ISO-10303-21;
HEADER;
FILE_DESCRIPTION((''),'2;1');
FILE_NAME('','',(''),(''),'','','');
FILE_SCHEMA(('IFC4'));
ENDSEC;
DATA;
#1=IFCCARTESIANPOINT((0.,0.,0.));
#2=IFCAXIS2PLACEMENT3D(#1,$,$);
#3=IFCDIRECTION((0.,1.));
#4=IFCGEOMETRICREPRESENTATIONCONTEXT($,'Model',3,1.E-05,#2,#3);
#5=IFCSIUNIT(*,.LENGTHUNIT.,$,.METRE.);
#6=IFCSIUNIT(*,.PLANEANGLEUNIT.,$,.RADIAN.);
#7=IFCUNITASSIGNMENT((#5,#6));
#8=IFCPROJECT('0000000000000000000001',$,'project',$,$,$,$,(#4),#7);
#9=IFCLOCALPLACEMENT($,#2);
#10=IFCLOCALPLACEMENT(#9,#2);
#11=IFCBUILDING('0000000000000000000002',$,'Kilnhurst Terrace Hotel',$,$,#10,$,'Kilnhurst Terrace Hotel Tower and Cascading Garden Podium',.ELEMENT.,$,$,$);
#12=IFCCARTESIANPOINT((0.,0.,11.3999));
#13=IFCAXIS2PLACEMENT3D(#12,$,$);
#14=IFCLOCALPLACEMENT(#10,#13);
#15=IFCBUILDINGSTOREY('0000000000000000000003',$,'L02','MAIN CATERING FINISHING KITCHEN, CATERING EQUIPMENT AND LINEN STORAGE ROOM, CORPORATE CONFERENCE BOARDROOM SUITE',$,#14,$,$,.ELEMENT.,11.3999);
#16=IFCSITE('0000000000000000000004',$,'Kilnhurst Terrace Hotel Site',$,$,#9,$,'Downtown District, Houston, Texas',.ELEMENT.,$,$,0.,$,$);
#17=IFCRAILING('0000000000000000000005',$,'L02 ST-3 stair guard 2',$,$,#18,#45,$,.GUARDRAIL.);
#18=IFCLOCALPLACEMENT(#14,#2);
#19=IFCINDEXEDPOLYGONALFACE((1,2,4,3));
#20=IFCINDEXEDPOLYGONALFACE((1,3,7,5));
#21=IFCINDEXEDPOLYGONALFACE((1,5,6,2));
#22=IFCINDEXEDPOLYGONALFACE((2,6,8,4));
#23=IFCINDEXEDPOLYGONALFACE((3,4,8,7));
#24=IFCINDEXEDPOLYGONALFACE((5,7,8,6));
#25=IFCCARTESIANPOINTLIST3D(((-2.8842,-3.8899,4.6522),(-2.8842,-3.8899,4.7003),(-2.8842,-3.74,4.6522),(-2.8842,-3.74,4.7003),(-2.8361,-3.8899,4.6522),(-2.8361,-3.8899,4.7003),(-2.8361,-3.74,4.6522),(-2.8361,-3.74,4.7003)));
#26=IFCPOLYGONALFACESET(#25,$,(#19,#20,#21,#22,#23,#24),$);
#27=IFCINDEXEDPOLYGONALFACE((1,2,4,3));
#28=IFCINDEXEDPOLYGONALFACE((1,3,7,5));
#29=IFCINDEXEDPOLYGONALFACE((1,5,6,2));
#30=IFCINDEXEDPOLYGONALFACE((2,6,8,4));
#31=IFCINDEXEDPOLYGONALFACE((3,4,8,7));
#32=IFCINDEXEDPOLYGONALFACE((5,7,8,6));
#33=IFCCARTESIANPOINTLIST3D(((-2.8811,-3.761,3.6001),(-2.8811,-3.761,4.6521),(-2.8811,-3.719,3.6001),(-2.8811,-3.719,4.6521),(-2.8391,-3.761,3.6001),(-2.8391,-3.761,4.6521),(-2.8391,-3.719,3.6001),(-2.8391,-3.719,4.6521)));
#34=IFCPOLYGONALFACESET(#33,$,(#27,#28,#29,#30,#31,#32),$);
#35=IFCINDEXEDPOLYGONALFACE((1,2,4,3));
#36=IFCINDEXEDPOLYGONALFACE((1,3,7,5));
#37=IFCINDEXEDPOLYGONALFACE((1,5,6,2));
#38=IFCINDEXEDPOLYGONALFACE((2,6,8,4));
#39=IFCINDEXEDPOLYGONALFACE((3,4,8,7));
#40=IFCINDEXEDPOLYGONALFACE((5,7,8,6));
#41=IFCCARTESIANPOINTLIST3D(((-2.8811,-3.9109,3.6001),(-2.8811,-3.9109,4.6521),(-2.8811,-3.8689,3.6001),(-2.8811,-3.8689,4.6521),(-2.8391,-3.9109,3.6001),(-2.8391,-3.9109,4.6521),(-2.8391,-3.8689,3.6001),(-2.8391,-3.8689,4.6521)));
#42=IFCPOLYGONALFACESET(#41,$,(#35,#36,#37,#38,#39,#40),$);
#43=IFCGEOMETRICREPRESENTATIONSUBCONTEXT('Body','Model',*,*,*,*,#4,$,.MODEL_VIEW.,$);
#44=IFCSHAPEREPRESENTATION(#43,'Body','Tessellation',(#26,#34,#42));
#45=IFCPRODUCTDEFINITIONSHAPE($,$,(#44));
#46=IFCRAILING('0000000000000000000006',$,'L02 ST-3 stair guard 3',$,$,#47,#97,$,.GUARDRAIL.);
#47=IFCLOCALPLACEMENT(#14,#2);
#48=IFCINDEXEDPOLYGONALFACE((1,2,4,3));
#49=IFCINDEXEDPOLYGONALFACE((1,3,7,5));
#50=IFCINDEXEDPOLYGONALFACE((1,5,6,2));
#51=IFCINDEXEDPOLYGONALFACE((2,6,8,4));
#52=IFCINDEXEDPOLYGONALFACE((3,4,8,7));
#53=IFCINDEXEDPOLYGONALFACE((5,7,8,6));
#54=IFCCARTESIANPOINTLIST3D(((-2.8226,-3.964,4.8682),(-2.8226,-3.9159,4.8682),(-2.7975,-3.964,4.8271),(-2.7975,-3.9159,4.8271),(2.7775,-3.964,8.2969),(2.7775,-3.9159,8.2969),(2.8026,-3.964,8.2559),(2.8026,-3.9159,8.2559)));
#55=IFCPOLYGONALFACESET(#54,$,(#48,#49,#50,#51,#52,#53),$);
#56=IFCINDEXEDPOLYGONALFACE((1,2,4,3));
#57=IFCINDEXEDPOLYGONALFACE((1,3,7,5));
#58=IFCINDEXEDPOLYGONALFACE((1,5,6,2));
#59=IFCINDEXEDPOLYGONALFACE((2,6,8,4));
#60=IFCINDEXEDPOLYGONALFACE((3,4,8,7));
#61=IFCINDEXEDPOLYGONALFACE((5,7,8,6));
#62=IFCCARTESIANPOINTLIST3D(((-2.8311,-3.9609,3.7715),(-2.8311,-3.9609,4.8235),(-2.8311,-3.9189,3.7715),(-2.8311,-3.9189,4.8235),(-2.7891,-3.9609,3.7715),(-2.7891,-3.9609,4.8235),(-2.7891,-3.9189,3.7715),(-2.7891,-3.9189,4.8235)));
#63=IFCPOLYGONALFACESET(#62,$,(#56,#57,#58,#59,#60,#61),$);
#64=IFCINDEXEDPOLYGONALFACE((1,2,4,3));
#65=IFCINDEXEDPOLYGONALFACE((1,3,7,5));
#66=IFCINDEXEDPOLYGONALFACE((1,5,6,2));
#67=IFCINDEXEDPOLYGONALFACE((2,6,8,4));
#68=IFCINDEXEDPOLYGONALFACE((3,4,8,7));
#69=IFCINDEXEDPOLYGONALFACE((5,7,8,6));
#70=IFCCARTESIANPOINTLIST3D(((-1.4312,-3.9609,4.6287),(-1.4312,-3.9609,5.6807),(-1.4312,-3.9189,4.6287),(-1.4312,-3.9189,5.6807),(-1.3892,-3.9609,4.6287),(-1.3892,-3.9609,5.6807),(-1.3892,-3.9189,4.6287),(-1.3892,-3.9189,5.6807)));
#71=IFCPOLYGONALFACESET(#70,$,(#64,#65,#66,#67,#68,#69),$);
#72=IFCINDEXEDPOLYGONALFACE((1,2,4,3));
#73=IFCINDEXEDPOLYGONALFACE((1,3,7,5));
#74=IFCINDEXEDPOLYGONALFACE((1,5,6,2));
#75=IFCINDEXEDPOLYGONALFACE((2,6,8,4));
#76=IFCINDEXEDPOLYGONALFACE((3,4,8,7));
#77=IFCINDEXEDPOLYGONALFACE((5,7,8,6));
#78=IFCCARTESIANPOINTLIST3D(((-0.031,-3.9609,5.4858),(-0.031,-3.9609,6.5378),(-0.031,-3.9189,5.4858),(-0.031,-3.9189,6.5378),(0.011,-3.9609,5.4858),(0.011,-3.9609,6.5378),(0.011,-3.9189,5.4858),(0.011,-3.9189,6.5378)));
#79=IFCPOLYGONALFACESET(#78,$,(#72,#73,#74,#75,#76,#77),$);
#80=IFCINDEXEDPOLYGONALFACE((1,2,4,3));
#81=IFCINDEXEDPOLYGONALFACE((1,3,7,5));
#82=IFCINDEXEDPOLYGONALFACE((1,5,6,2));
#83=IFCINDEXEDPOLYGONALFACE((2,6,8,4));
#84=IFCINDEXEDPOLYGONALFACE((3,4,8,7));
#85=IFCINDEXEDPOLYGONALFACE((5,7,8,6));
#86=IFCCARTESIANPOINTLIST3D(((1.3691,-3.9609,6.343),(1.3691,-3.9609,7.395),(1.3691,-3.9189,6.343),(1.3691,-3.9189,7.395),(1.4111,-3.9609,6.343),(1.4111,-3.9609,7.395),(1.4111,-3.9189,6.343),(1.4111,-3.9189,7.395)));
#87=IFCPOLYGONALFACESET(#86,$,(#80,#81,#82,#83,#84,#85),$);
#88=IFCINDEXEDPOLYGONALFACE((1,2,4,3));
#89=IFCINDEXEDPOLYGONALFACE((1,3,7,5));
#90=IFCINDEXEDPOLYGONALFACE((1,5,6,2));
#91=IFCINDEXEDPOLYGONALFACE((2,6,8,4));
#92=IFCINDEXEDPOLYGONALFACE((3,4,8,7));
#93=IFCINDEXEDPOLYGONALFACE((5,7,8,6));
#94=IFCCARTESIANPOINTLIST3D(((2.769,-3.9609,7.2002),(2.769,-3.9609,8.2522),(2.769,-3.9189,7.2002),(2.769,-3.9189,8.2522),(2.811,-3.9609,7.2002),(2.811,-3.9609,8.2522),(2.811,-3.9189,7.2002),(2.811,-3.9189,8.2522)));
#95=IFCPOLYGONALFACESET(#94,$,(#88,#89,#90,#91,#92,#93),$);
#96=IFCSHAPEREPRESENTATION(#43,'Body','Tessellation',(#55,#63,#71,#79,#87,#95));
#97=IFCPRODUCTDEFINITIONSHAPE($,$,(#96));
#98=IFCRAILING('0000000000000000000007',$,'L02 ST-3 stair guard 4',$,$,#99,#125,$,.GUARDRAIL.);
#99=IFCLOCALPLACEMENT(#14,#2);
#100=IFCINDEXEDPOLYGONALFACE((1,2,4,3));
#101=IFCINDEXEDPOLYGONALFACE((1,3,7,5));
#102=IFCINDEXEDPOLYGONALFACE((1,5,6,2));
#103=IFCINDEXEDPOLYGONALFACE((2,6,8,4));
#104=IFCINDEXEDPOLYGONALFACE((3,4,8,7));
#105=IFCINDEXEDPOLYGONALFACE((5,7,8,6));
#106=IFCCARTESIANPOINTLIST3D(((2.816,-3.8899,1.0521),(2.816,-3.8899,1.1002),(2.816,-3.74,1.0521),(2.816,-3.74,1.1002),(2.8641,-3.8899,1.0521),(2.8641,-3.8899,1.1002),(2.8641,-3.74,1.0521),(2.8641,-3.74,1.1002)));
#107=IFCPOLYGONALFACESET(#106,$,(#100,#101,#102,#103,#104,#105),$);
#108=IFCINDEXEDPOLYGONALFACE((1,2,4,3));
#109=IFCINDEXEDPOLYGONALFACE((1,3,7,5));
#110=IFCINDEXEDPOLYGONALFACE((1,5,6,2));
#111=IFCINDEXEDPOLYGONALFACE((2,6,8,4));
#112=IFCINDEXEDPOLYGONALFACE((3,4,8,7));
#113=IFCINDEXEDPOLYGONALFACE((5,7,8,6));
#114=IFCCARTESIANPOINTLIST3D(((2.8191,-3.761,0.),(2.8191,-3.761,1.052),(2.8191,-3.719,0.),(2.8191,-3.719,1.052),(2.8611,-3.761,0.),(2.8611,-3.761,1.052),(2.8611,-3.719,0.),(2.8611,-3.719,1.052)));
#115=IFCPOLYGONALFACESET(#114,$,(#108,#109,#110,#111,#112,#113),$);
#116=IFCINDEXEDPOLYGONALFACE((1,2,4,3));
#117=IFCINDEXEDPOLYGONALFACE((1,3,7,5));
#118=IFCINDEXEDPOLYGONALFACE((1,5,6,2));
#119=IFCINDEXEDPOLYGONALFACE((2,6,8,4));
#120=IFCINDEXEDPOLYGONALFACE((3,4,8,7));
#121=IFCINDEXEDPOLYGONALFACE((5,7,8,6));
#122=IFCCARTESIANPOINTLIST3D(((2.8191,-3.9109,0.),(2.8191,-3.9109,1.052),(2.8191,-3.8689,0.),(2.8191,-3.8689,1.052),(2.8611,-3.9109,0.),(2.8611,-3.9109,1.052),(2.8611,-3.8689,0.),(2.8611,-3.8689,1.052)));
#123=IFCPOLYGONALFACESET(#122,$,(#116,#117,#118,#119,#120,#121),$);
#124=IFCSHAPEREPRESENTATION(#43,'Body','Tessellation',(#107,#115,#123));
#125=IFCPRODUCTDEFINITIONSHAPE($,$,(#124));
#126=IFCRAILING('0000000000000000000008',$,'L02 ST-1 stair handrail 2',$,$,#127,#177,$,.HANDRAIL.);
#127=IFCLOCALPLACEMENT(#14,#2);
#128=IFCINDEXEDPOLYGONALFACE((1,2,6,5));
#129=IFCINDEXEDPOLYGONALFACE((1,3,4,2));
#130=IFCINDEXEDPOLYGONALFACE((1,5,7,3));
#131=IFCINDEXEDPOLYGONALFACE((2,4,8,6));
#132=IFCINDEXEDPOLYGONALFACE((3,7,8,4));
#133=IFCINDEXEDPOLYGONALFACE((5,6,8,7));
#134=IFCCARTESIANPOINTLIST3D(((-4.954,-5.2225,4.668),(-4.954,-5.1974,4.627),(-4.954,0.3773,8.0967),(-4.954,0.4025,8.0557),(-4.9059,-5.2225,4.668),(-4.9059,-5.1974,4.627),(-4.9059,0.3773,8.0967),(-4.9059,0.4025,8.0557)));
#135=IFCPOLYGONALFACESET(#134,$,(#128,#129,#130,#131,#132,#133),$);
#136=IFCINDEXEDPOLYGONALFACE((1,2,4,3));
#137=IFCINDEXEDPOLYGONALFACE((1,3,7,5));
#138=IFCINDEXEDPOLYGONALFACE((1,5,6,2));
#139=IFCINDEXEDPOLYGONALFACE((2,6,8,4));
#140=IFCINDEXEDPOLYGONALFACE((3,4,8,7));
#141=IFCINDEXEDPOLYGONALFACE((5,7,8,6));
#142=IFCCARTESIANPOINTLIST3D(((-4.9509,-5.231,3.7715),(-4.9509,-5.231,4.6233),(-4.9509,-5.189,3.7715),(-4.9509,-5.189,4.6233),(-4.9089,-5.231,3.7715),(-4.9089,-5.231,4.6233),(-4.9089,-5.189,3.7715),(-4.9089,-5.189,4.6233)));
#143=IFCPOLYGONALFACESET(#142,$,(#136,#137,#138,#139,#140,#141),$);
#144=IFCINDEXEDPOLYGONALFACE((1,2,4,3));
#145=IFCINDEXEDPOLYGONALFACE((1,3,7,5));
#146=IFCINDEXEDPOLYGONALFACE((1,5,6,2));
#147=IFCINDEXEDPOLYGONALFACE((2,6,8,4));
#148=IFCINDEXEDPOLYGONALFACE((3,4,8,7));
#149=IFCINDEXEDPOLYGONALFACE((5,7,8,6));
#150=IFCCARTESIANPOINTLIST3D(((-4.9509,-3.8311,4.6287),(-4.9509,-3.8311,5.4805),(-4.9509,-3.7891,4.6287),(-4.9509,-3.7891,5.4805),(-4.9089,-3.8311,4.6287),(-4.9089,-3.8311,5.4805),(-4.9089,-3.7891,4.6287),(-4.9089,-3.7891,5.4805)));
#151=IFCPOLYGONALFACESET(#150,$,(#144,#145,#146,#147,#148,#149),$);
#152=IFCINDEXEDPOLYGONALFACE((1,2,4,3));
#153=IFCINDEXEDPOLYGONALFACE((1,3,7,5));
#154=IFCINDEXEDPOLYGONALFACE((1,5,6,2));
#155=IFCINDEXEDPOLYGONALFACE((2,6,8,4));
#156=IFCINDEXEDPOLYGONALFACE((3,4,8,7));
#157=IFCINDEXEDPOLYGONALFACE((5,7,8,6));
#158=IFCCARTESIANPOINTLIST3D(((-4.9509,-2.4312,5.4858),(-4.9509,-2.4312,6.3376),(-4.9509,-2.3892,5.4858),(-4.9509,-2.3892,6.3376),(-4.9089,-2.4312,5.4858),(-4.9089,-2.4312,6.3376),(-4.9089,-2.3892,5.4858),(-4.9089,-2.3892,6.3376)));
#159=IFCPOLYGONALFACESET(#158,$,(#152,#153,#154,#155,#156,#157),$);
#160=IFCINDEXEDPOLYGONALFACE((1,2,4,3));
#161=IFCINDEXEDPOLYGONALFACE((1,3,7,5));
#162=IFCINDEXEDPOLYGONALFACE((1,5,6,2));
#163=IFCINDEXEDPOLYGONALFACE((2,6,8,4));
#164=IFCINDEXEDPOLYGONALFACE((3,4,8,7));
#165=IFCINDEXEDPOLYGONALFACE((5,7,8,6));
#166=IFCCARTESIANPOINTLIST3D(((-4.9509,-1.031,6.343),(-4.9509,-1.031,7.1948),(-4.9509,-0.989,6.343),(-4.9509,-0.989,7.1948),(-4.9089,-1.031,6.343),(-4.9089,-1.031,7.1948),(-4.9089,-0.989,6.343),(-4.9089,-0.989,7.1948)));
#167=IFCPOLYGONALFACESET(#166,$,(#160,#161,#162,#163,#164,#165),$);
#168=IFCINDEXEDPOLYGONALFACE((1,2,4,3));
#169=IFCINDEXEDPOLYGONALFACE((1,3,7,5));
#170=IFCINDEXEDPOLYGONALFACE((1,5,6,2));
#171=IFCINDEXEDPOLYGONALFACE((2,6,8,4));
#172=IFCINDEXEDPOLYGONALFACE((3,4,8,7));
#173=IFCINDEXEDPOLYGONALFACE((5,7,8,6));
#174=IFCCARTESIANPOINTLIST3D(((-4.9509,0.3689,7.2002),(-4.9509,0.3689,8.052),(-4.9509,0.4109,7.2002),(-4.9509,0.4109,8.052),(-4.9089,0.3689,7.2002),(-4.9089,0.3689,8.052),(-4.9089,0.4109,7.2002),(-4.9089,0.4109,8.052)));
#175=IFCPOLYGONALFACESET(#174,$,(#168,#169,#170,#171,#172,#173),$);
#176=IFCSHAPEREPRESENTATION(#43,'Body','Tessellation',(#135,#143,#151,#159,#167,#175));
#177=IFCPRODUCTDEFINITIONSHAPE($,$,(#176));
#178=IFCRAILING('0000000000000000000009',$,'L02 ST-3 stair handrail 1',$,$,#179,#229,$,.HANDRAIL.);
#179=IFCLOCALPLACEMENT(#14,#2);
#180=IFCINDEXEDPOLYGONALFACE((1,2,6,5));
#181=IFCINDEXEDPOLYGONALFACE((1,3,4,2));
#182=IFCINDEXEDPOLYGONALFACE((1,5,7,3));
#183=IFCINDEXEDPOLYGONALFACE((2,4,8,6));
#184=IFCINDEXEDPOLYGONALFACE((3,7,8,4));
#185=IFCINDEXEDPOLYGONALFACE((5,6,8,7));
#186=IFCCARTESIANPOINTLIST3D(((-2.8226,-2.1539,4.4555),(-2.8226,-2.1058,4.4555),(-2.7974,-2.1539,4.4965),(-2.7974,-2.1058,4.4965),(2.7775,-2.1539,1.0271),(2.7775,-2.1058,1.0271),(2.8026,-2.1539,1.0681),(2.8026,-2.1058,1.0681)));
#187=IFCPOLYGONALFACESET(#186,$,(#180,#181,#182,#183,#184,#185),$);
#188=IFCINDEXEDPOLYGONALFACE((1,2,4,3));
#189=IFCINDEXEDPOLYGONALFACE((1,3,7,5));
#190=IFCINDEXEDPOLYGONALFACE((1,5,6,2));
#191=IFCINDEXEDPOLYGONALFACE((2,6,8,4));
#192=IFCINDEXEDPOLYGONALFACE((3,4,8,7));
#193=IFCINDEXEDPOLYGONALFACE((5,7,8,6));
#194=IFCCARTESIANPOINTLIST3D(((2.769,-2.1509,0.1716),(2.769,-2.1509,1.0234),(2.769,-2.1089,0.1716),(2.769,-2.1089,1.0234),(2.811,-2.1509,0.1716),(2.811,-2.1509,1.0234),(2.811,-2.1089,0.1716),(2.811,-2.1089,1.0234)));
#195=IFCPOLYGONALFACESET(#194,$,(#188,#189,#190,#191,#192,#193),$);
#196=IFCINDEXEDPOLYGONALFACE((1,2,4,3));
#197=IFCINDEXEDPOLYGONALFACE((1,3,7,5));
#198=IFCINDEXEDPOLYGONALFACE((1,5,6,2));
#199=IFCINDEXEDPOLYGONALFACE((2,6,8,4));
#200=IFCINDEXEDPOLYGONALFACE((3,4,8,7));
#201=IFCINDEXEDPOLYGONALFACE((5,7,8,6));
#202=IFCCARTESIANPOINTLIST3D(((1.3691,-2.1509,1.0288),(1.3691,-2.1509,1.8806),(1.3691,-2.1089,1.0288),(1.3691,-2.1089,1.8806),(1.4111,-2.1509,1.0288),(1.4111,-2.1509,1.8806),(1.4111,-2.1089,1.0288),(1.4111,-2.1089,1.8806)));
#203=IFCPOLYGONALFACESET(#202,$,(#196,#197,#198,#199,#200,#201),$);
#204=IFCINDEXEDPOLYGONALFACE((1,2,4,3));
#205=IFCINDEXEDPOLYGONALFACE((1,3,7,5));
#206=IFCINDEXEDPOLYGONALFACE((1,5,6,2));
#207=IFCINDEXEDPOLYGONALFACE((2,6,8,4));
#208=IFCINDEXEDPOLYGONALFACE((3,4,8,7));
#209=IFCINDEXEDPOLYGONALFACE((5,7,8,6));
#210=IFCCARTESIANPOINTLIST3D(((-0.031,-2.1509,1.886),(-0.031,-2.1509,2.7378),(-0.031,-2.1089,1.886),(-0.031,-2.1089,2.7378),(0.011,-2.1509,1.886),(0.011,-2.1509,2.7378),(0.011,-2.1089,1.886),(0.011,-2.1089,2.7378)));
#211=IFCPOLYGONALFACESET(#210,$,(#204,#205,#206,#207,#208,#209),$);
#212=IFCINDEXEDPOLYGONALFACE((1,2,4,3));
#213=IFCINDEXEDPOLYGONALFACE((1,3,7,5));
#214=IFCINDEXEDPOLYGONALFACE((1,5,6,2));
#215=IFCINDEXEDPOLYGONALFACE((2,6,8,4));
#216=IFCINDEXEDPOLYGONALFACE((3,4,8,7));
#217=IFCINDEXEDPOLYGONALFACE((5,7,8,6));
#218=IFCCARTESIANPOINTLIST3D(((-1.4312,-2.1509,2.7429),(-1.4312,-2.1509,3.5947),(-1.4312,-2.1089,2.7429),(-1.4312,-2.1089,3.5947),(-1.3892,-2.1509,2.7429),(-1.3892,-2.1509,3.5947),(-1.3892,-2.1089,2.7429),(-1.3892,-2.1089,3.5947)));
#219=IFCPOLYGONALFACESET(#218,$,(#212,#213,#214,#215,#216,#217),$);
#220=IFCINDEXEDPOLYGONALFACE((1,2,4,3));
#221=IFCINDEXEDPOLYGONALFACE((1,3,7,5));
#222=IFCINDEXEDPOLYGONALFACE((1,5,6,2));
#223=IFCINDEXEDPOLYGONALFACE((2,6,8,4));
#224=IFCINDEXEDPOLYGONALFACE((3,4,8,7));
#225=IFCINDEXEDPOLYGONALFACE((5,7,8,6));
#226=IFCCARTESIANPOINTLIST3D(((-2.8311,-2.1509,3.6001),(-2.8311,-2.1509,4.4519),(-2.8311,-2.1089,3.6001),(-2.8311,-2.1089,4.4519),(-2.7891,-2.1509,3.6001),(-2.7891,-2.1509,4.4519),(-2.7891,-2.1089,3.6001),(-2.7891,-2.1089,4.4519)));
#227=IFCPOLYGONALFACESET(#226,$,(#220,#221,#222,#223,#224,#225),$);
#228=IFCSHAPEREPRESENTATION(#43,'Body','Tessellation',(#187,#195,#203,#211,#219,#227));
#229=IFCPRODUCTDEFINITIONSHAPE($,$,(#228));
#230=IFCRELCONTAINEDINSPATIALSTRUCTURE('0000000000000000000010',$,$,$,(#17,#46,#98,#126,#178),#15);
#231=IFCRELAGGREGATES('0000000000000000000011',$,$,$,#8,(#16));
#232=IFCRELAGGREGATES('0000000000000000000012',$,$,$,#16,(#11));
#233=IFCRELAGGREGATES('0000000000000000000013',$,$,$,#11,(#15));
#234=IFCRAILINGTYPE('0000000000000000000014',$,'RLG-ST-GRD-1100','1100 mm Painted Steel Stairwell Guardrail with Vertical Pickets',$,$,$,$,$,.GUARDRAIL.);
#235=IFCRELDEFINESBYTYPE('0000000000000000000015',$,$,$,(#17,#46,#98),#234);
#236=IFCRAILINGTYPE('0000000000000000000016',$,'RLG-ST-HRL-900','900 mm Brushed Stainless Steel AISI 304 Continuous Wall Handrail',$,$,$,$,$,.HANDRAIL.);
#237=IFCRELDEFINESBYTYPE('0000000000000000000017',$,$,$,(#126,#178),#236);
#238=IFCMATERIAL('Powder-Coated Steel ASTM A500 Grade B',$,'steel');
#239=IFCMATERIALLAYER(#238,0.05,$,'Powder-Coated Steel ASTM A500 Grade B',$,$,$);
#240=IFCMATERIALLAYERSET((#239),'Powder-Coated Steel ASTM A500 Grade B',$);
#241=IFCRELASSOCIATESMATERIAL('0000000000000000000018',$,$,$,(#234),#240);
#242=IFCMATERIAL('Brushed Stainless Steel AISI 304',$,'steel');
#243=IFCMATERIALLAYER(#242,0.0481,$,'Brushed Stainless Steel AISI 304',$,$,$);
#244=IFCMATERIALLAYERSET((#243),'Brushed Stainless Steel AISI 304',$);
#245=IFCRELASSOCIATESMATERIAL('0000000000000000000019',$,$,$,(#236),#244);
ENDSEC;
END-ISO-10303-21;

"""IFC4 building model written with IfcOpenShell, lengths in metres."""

from ifc_helpers import new_model, si_unit, direction, frame, origin, origin_2d, place, context, subcontext, project, spatial, rectangle, extrude, material, layer, layer_set, type_object, element, save


model = new_model("IFC4")

# Units and contexts
model_context = context("Model", 3, precision=1e-05, world=origin(), true_north=direction((0.0, 1.0)))
body_context = subcontext(model_context, "Body", "Model", "MODEL_VIEW")
ifc_project = project(units=[si_unit("LENGTHUNIT", "METRE"), si_unit("PLANEANGLEUNIT", "RADIAN")], contexts=[model_context])

# Site, building, storey
site_placement = place(None, origin())
site = spatial("IfcSite", under=ifc_project, at=site_placement, Name="Kilnhurst Terrace Hotel Site", LongName="Downtown District, Houston, Texas", CompositionType="ELEMENT", RefElevation=0.0)
building_placement = place(site_placement, origin())
building = spatial("IfcBuilding", under=site, at=building_placement, Name="Kilnhurst Terrace Hotel", LongName="Kilnhurst Terrace Hotel Tower and Cascading Garden Podium", CompositionType="ELEMENT")
storey_placement = place(building_placement, frame((0.0, 0.0, 11.3999)))
storey = spatial("IfcBuildingStorey", under=building, at=storey_placement, Name="L02", Description="MAIN CATERING FINISHING KITCHEN, CATERING EQUIPMENT AND LINEN STORAGE ROOM, CORPORATE CONFERENCE BOARDROOM SUITE", CompositionType="ELEMENT", Elevation=11.3999)

# Railings
ifc_material_1 = material(Name="Powder-Coated Steel ASTM A500 Grade B", Category="steel")
ifc_layer_1 = layer(ifc_material_1, 0.05, Name="Powder-Coated Steel ASTM A500 Grade B")
ifc_layer_set_1 = layer_set([ifc_layer_1], Name="Powder-Coated Steel ASTM A500 Grade B")
railing_type_1 = type_object("IfcRailingType", Name="RLG-ST-GRD-1100", Description="1100 mm Painted Steel Stairwell Guardrail with Vertical Pickets", PredefinedType="GUARDRAIL", material=ifc_layer_set_1)
railing_1_placement = place(storey_placement, frame((-2.8601, -3.74, 3.6001)))
element("IfcRailing", 1, at=railing_1_placement, inside=storey, type_object=railing_type_1, Name="L02 ST-3 stair guard 2", PredefinedType="GUARDRAIL", context=body_context, shape_type="SweptSolid", body=[
    extrude(rectangle(XDim=0.0481, YDim=0.0481, at=origin_2d()), frame((0.0, 0.0, 1.0762), z_axis=(0.0, -1.0, 0.0), x_axis=(1.0, 0.0, 0.0)), (0.0, 0.0, 1.0), 0.1499),
    extrude(rectangle(XDim=0.042, YDim=0.042, at=origin_2d()), origin(), (0.0, 0.0, 1.0), 1.052),
    extrude(rectangle(XDim=0.042, YDim=0.042, at=origin_2d()), frame((0.0, -0.1499, 0.0)), (0.0, 0.0, 1.0), 1.052),
])
railing_2_placement = place(storey_placement, frame((-2.8101, -3.9399, 3.7715)))
element("IfcRailing", 2, at=railing_2_placement, inside=storey, type_object=railing_type_1, Name="L02 ST-3 stair guard 3", PredefinedType="GUARDRAIL", context=body_context, shape_type="SweptSolid", body=[
    extrude(rectangle(XDim=0.0481, YDim=0.0481, at=origin_2d()), frame((0.0, 0.0, 1.0762), z_axis=(0.852846, 0.0, 0.522163), x_axis=(0.0, 1.0, 0.0)), (0.0, 0.0, 1.0), 6.5664),
    extrude(rectangle(XDim=0.042, YDim=0.042, at=origin_2d()), origin(), (0.0, 0.0, 1.0), 1.052),
    extrude(rectangle(XDim=0.042, YDim=0.042, at=origin_2d()), frame((1.3999, 0.0, 0.8572)), (0.0, 0.0, 1.0), 1.052),
    extrude(rectangle(XDim=0.042, YDim=0.042, at=origin_2d()), frame((2.8, 0.0, 1.7144)), (0.0, 0.0, 1.0), 1.052),
    extrude(rectangle(XDim=0.042, YDim=0.042, at=origin_2d()), frame((4.2002, 0.0, 2.5715)), (0.0, 0.0, 1.0), 1.052),
    extrude(rectangle(XDim=0.042, YDim=0.042, at=origin_2d()), frame((5.6001, 0.0, 3.4287)), (0.0, 0.0, 1.0), 1.052),
])
railing_3_placement = place(storey_placement, frame((2.8401, -3.74, 0.0)))
element("IfcRailing", 3, at=railing_3_placement, inside=storey, type_object=railing_type_1, Name="L02 ST-3 stair guard 4", PredefinedType="GUARDRAIL", context=body_context, shape_type="SweptSolid", body=[
    extrude(rectangle(XDim=0.0481, YDim=0.0481, at=origin_2d()), frame((0.0, 0.0, 1.0762), z_axis=(0.0, -1.0, 0.0), x_axis=(1.0, 0.0, 0.0)), (0.0, 0.0, 1.0), 0.1499),
    extrude(rectangle(XDim=0.042, YDim=0.042, at=origin_2d()), origin(), (0.0, 0.0, 1.0), 1.052),
    extrude(rectangle(XDim=0.042, YDim=0.042, at=origin_2d()), frame((0.0, -0.1499, 0.0)), (0.0, 0.0, 1.0), 1.052),
])
ifc_material_2 = material(Name="Brushed Stainless Steel AISI 304", Category="steel")
ifc_layer_2 = layer(ifc_material_2, 0.0481, Name="Brushed Stainless Steel AISI 304")
ifc_layer_set_2 = layer_set([ifc_layer_2], Name="Brushed Stainless Steel AISI 304")
railing_type_2 = type_object("IfcRailingType", Name="RLG-ST-HRL-900", Description="900 mm Brushed Stainless Steel AISI 304 Continuous Wall Handrail", PredefinedType="HANDRAIL", material=ifc_layer_set_2)
railing_4_placement = place(storey_placement, frame((-4.9299, -5.21, 3.7715)))
element("IfcRailing", 4, at=railing_4_placement, inside=storey, type_object=railing_type_2, Name="L02 ST-1 stair handrail 2", PredefinedType="HANDRAIL", context=body_context, shape_type="SweptSolid", body=[
    extrude(rectangle(XDim=0.0481, YDim=0.0481, at=origin_2d()), frame((0.0, 0.0, 0.876), z_axis=(0.0, 0.852836, 0.522179), x_axis=(-1.0, 0.0, 0.0)), (0.0, 0.0, 1.0), 6.5662),
    extrude(rectangle(XDim=0.042, YDim=0.042, at=origin_2d()), origin(), (0.0, 0.0, 1.0), 0.8518),
    extrude(rectangle(XDim=0.042, YDim=0.042, at=origin_2d()), frame((0.0, 1.3999, 0.8572)), (0.0, 0.0, 1.0), 0.8518),
    extrude(rectangle(XDim=0.042, YDim=0.042, at=origin_2d()), frame((0.0, 2.7998, 1.7144)), (0.0, 0.0, 1.0), 0.8518),
    extrude(rectangle(XDim=0.042, YDim=0.042, at=origin_2d()), frame((0.0, 4.2, 2.5715)), (0.0, 0.0, 1.0), 0.8518),
    extrude(rectangle(XDim=0.042, YDim=0.042, at=origin_2d()), frame((0.0, 5.5999, 3.4287)), (0.0, 0.0, 1.0), 0.8518),
])
railing_5_placement = place(storey_placement, frame((2.79, -2.1299, 0.1716)))
element("IfcRailing", 5, at=railing_5_placement, inside=storey, type_object=railing_type_2, Name="L02 ST-3 stair handrail 1", PredefinedType="HANDRAIL", context=body_context, shape_type="SweptSolid", body=[
    extrude(rectangle(XDim=0.0481, YDim=0.0481, at=origin_2d()), frame((0.0, 0.0, 0.876), z_axis=(-0.852862, 0.0, 0.522136), x_axis=(0.0, -1.0, 0.0)), (0.0, 0.0, 1.0), 6.5662),
    extrude(rectangle(XDim=0.042, YDim=0.042, at=origin_2d()), origin(), (0.0, 0.0, 1.0), 0.8518),
    extrude(rectangle(XDim=0.042, YDim=0.042, at=origin_2d()), frame((-1.3999, 0.0, 0.8572)), (0.0, 0.0, 1.0), 0.8518),
    extrude(rectangle(XDim=0.042, YDim=0.042, at=origin_2d()), frame((-2.8, 0.0, 1.7144)), (0.0, 0.0, 1.0), 0.8518),
    extrude(rectangle(XDim=0.042, YDim=0.042, at=origin_2d()), frame((-4.2002, 0.0, 2.5713)), (0.0, 0.0, 1.0), 0.8518),
    extrude(rectangle(XDim=0.042, YDim=0.042, at=origin_2d()), frame((-5.6001, 0.0, 3.4285)), (0.0, 0.0, 1.0), 0.8518),
])

save(model, "model.ifc")
